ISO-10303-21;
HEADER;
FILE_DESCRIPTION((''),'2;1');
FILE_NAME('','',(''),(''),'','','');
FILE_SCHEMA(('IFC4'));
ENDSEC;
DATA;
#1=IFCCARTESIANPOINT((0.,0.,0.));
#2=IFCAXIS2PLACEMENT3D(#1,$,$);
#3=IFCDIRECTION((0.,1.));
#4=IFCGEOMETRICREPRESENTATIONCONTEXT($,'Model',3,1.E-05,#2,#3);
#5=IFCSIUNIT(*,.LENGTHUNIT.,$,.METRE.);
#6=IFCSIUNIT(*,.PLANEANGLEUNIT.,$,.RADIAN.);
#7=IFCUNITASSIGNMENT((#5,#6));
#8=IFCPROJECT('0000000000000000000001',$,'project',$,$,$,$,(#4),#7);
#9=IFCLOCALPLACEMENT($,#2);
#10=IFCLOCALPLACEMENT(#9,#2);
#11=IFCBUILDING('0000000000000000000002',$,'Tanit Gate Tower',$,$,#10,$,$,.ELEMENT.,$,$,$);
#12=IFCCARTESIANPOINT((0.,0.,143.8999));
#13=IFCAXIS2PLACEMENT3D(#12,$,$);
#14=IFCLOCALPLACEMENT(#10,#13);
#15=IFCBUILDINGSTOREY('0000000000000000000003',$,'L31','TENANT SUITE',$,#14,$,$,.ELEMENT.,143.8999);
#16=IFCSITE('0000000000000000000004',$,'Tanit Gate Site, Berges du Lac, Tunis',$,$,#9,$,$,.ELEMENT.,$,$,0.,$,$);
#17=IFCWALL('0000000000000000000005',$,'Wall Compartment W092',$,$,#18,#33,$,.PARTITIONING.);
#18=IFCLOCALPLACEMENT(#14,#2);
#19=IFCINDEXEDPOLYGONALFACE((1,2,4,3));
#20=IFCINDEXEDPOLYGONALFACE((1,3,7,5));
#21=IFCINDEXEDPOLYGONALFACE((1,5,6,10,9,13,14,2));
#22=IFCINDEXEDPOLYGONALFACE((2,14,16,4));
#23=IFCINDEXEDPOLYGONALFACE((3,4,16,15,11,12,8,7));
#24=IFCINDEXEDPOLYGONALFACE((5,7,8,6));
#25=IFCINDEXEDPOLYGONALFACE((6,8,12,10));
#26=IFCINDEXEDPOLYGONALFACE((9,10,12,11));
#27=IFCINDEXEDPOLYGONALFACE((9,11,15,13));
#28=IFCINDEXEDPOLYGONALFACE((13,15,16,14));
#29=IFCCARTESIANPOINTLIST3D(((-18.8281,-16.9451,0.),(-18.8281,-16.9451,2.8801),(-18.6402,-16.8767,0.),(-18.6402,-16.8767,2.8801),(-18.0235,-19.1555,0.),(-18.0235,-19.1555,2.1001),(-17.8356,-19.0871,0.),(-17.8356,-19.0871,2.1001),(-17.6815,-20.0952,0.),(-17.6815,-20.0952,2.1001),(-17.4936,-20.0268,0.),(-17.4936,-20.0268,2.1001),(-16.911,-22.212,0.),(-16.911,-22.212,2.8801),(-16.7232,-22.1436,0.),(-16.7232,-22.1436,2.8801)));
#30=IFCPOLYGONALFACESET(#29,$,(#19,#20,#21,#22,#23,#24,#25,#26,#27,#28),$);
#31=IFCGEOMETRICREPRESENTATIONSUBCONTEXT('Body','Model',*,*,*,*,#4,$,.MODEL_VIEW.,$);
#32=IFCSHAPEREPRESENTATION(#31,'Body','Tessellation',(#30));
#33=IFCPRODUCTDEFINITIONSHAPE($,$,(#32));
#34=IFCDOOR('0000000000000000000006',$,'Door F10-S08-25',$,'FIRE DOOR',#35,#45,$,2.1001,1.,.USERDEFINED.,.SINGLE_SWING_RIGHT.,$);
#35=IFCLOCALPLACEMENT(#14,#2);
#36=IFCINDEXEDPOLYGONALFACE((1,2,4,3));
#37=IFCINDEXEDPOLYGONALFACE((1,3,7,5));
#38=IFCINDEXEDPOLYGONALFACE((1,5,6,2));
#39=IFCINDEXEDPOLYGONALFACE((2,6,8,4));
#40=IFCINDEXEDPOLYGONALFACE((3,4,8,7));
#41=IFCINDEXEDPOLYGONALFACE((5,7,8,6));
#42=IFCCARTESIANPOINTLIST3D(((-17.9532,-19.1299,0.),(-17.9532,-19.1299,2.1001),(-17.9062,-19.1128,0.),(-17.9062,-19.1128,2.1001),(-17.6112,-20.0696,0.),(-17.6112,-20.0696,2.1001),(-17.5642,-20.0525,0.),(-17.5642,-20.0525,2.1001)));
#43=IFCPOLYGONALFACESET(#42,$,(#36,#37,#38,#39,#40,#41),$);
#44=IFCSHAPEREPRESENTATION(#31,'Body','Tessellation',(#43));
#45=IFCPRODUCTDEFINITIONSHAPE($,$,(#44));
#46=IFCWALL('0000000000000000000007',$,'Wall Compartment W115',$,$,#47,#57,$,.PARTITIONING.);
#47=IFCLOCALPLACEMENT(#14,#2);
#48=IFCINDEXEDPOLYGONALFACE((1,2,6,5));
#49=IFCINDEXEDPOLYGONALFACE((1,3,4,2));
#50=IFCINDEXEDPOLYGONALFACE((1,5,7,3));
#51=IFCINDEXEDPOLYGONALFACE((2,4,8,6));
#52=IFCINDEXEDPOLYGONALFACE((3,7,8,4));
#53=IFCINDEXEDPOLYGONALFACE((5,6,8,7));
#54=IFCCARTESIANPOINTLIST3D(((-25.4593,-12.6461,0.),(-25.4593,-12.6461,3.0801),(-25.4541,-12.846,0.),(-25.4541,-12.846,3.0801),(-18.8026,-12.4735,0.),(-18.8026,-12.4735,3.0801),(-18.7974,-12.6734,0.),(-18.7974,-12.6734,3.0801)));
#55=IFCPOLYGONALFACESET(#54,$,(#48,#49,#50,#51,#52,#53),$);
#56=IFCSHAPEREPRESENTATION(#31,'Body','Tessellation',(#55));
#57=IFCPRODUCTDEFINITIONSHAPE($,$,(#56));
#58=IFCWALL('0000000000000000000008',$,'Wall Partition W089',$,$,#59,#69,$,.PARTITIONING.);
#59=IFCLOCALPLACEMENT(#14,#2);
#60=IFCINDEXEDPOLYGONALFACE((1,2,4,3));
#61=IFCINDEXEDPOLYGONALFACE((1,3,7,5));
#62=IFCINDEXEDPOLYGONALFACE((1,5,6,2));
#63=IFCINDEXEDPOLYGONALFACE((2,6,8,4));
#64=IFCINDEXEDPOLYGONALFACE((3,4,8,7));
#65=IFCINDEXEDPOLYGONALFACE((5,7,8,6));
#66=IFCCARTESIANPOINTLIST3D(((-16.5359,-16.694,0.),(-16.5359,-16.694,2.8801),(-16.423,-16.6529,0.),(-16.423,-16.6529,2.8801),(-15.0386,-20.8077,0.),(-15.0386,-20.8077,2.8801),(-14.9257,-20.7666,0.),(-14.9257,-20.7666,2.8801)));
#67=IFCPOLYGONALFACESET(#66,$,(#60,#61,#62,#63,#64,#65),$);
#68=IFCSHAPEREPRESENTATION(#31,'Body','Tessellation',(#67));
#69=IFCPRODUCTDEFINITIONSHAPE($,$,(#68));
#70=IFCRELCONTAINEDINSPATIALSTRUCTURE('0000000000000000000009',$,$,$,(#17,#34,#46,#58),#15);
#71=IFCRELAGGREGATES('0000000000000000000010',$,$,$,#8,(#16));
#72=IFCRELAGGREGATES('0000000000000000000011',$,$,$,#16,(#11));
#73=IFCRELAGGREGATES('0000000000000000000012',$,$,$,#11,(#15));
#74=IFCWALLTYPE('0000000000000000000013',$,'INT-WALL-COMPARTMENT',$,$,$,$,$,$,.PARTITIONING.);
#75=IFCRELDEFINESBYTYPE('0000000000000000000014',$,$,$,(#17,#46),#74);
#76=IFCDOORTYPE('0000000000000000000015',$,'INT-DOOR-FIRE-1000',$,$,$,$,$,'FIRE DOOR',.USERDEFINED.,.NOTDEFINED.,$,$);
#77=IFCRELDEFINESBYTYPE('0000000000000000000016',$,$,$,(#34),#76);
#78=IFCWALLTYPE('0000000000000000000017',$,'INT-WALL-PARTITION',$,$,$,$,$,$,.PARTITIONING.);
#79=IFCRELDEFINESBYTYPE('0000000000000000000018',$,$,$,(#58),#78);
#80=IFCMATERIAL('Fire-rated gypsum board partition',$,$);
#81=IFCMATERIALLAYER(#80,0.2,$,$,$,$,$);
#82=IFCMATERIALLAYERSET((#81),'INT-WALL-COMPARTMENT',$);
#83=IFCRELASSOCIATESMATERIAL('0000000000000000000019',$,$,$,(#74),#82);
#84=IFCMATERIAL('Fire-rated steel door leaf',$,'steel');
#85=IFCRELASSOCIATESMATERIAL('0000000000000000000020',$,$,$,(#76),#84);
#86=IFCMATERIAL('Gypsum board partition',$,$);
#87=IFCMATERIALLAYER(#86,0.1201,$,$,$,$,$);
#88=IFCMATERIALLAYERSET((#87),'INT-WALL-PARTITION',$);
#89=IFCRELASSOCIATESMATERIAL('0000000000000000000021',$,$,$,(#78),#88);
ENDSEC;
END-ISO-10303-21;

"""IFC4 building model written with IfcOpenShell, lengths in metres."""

from ifc_helpers import new_model, si_unit, direction, frame, frame_2d, origin, place, context, subcontext, project, spatial, rectangle, extrude, material, layer, layer_set, type_object, element, fill, save


model = new_model("IFC4")

# Units and contexts
model_context = context("Model", 3, precision=1e-05, world=origin(), true_north=direction((0.0, 1.0)))
body_context = subcontext(model_context, "Body", "Model", "MODEL_VIEW")
ifc_project = project(units=[si_unit("LENGTHUNIT", "METRE"), si_unit("PLANEANGLEUNIT", "RADIAN")], contexts=[model_context])

# Site, building, storey
site_placement = place(None, origin())
site = spatial("IfcSite", under=ifc_project, at=site_placement, Name="Tanit Gate Site, Berges du Lac, Tunis", CompositionType="ELEMENT", RefElevation=0.0)
building_placement = place(site_placement, origin())
building = spatial("IfcBuilding", under=site, at=building_placement, Name="Tanit Gate Tower", CompositionType="ELEMENT")
storey_placement = place(building_placement, frame((0.0, 0.0, 143.8999)))
storey = spatial("IfcBuildingStorey", under=building, at=storey_placement, Name="L31", Description="TENANT SUITE", CompositionType="ELEMENT", Elevation=143.8999)

# Wall, opening, door
ifc_material_1 = material(Name="Fire-rated gypsum board partition")
ifc_layer_1 = layer(ifc_material_1, 0.2)
ifc_layer_set_1 = layer_set([ifc_layer_1], Name="INT-WALL-COMPARTMENT")
wall_type_1 = type_object("IfcWallType", Name="INT-WALL-COMPARTMENT", PredefinedType="PARTITIONING", material=ifc_layer_set_1)
wall_1_placement = place(storey_placement, frame((-18.7341, -16.9109, 0.0), z_axis=(0.0, 0.0, 1.0), x_axis=(0.342023, -0.939692, 0.0)))
wall_1 = element("IfcWall", 1, at=wall_1_placement, inside=storey, type_object=wall_type_1, Name="Wall Compartment W092", PredefinedType="PARTITIONING", context=body_context, shape_type="SweptSolid", body=[
    extrude(rectangle(XDim=5.605, YDim=0.2, at=frame_2d((2.8025, 0.0))), origin(), (0.0, 0.0, 1.0), 2.8801),
])
opening_placement = place(wall_1_placement, frame((2.3523, 0.0, 0.0)))
opening = element("IfcOpeningElement", 2, at=opening_placement, cuts=wall_1, PredefinedType="OPENING", context=body_context, shape_type="SweptSolid", body=[
    extrude(rectangle(XDim=1.0, YDim=2.1001, at=frame_2d((0.5, 1.05))), frame((0.0, 0.1099, 0.0), z_axis=(0.0, -1.0, 0.0), x_axis=(1.0, 0.0, 0.0)), (0.0, 0.0, 1.0), 0.22),
])
ifc_material_2 = material(Name="Fire-rated steel door leaf", Category="steel")
door_type = type_object("IfcDoorType", Name="INT-DOOR-FIRE-1000", ElementType="FIRE DOOR", OperationType="NOTDEFINED", PredefinedType="USERDEFINED", material=ifc_material_2)
door_placement = place(opening_placement, origin())
door = element("IfcDoor", 3, at=door_placement, inside=storey, type_object=door_type, Name="Door F10-S08-25", ObjectType="FIRE DOOR", OperationType="SINGLE_SWING_RIGHT", OverallHeight=2.1001, OverallWidth=1.0, PredefinedType="USERDEFINED", context=body_context, shape_type="SweptSolid", body=[
    extrude(rectangle(XDim=1.0, YDim=2.1001, at=frame_2d((0.5, 1.05))), frame((0.0, 0.0249, 0.0), z_axis=(0.0, -1.0, 0.0), x_axis=(1.0, 0.0, 0.0)), (0.0, 0.0, 1.0), 0.05),
])
fill(opening, door)

# Walls
wall_2_placement = place(storey_placement, frame((-25.4568, -12.7461, 0.0), z_axis=(0.0, 0.0, 1.0), x_axis=(0.999664, 0.025921, 0.0)))
element("IfcWall", 4, at=wall_2_placement, inside=storey, type_object=wall_type_1, Name="Wall Compartment W115", PredefinedType="PARTITIONING", context=body_context, shape_type="SweptSolid", body=[
    extrude(rectangle(XDim=6.6589, YDim=0.2, at=frame_2d((3.3296, 0.0))), origin(), (0.0, 0.0, 1.0), 3.0801),
])
ifc_material_3 = material(Name="Gypsum board partition")
ifc_layer_2 = layer(ifc_material_3, 0.1201)
ifc_layer_set_2 = layer_set([ifc_layer_2], Name="INT-WALL-PARTITION")
wall_type_2 = type_object("IfcWallType", Name="INT-WALL-PARTITION", PredefinedType="PARTITIONING", material=ifc_layer_set_2)
wall_3_placement = place(storey_placement, frame((-16.4795, -16.6733, 0.0), z_axis=(0.0, 0.0, 1.0), x_axis=(0.342025, -0.939691, 0.0)))
element("IfcWall", 5, at=wall_3_placement, inside=storey, type_object=wall_type_2, Name="Wall Partition W089", PredefinedType="PARTITIONING", context=body_context, shape_type="SweptSolid", body=[
    extrude(rectangle(XDim=4.3777, YDim=0.1201, at=frame_2d((2.189, 0.0))), origin(), (0.0, 0.0, 1.0), 2.8801),
])

save(model, "model.ifc")
